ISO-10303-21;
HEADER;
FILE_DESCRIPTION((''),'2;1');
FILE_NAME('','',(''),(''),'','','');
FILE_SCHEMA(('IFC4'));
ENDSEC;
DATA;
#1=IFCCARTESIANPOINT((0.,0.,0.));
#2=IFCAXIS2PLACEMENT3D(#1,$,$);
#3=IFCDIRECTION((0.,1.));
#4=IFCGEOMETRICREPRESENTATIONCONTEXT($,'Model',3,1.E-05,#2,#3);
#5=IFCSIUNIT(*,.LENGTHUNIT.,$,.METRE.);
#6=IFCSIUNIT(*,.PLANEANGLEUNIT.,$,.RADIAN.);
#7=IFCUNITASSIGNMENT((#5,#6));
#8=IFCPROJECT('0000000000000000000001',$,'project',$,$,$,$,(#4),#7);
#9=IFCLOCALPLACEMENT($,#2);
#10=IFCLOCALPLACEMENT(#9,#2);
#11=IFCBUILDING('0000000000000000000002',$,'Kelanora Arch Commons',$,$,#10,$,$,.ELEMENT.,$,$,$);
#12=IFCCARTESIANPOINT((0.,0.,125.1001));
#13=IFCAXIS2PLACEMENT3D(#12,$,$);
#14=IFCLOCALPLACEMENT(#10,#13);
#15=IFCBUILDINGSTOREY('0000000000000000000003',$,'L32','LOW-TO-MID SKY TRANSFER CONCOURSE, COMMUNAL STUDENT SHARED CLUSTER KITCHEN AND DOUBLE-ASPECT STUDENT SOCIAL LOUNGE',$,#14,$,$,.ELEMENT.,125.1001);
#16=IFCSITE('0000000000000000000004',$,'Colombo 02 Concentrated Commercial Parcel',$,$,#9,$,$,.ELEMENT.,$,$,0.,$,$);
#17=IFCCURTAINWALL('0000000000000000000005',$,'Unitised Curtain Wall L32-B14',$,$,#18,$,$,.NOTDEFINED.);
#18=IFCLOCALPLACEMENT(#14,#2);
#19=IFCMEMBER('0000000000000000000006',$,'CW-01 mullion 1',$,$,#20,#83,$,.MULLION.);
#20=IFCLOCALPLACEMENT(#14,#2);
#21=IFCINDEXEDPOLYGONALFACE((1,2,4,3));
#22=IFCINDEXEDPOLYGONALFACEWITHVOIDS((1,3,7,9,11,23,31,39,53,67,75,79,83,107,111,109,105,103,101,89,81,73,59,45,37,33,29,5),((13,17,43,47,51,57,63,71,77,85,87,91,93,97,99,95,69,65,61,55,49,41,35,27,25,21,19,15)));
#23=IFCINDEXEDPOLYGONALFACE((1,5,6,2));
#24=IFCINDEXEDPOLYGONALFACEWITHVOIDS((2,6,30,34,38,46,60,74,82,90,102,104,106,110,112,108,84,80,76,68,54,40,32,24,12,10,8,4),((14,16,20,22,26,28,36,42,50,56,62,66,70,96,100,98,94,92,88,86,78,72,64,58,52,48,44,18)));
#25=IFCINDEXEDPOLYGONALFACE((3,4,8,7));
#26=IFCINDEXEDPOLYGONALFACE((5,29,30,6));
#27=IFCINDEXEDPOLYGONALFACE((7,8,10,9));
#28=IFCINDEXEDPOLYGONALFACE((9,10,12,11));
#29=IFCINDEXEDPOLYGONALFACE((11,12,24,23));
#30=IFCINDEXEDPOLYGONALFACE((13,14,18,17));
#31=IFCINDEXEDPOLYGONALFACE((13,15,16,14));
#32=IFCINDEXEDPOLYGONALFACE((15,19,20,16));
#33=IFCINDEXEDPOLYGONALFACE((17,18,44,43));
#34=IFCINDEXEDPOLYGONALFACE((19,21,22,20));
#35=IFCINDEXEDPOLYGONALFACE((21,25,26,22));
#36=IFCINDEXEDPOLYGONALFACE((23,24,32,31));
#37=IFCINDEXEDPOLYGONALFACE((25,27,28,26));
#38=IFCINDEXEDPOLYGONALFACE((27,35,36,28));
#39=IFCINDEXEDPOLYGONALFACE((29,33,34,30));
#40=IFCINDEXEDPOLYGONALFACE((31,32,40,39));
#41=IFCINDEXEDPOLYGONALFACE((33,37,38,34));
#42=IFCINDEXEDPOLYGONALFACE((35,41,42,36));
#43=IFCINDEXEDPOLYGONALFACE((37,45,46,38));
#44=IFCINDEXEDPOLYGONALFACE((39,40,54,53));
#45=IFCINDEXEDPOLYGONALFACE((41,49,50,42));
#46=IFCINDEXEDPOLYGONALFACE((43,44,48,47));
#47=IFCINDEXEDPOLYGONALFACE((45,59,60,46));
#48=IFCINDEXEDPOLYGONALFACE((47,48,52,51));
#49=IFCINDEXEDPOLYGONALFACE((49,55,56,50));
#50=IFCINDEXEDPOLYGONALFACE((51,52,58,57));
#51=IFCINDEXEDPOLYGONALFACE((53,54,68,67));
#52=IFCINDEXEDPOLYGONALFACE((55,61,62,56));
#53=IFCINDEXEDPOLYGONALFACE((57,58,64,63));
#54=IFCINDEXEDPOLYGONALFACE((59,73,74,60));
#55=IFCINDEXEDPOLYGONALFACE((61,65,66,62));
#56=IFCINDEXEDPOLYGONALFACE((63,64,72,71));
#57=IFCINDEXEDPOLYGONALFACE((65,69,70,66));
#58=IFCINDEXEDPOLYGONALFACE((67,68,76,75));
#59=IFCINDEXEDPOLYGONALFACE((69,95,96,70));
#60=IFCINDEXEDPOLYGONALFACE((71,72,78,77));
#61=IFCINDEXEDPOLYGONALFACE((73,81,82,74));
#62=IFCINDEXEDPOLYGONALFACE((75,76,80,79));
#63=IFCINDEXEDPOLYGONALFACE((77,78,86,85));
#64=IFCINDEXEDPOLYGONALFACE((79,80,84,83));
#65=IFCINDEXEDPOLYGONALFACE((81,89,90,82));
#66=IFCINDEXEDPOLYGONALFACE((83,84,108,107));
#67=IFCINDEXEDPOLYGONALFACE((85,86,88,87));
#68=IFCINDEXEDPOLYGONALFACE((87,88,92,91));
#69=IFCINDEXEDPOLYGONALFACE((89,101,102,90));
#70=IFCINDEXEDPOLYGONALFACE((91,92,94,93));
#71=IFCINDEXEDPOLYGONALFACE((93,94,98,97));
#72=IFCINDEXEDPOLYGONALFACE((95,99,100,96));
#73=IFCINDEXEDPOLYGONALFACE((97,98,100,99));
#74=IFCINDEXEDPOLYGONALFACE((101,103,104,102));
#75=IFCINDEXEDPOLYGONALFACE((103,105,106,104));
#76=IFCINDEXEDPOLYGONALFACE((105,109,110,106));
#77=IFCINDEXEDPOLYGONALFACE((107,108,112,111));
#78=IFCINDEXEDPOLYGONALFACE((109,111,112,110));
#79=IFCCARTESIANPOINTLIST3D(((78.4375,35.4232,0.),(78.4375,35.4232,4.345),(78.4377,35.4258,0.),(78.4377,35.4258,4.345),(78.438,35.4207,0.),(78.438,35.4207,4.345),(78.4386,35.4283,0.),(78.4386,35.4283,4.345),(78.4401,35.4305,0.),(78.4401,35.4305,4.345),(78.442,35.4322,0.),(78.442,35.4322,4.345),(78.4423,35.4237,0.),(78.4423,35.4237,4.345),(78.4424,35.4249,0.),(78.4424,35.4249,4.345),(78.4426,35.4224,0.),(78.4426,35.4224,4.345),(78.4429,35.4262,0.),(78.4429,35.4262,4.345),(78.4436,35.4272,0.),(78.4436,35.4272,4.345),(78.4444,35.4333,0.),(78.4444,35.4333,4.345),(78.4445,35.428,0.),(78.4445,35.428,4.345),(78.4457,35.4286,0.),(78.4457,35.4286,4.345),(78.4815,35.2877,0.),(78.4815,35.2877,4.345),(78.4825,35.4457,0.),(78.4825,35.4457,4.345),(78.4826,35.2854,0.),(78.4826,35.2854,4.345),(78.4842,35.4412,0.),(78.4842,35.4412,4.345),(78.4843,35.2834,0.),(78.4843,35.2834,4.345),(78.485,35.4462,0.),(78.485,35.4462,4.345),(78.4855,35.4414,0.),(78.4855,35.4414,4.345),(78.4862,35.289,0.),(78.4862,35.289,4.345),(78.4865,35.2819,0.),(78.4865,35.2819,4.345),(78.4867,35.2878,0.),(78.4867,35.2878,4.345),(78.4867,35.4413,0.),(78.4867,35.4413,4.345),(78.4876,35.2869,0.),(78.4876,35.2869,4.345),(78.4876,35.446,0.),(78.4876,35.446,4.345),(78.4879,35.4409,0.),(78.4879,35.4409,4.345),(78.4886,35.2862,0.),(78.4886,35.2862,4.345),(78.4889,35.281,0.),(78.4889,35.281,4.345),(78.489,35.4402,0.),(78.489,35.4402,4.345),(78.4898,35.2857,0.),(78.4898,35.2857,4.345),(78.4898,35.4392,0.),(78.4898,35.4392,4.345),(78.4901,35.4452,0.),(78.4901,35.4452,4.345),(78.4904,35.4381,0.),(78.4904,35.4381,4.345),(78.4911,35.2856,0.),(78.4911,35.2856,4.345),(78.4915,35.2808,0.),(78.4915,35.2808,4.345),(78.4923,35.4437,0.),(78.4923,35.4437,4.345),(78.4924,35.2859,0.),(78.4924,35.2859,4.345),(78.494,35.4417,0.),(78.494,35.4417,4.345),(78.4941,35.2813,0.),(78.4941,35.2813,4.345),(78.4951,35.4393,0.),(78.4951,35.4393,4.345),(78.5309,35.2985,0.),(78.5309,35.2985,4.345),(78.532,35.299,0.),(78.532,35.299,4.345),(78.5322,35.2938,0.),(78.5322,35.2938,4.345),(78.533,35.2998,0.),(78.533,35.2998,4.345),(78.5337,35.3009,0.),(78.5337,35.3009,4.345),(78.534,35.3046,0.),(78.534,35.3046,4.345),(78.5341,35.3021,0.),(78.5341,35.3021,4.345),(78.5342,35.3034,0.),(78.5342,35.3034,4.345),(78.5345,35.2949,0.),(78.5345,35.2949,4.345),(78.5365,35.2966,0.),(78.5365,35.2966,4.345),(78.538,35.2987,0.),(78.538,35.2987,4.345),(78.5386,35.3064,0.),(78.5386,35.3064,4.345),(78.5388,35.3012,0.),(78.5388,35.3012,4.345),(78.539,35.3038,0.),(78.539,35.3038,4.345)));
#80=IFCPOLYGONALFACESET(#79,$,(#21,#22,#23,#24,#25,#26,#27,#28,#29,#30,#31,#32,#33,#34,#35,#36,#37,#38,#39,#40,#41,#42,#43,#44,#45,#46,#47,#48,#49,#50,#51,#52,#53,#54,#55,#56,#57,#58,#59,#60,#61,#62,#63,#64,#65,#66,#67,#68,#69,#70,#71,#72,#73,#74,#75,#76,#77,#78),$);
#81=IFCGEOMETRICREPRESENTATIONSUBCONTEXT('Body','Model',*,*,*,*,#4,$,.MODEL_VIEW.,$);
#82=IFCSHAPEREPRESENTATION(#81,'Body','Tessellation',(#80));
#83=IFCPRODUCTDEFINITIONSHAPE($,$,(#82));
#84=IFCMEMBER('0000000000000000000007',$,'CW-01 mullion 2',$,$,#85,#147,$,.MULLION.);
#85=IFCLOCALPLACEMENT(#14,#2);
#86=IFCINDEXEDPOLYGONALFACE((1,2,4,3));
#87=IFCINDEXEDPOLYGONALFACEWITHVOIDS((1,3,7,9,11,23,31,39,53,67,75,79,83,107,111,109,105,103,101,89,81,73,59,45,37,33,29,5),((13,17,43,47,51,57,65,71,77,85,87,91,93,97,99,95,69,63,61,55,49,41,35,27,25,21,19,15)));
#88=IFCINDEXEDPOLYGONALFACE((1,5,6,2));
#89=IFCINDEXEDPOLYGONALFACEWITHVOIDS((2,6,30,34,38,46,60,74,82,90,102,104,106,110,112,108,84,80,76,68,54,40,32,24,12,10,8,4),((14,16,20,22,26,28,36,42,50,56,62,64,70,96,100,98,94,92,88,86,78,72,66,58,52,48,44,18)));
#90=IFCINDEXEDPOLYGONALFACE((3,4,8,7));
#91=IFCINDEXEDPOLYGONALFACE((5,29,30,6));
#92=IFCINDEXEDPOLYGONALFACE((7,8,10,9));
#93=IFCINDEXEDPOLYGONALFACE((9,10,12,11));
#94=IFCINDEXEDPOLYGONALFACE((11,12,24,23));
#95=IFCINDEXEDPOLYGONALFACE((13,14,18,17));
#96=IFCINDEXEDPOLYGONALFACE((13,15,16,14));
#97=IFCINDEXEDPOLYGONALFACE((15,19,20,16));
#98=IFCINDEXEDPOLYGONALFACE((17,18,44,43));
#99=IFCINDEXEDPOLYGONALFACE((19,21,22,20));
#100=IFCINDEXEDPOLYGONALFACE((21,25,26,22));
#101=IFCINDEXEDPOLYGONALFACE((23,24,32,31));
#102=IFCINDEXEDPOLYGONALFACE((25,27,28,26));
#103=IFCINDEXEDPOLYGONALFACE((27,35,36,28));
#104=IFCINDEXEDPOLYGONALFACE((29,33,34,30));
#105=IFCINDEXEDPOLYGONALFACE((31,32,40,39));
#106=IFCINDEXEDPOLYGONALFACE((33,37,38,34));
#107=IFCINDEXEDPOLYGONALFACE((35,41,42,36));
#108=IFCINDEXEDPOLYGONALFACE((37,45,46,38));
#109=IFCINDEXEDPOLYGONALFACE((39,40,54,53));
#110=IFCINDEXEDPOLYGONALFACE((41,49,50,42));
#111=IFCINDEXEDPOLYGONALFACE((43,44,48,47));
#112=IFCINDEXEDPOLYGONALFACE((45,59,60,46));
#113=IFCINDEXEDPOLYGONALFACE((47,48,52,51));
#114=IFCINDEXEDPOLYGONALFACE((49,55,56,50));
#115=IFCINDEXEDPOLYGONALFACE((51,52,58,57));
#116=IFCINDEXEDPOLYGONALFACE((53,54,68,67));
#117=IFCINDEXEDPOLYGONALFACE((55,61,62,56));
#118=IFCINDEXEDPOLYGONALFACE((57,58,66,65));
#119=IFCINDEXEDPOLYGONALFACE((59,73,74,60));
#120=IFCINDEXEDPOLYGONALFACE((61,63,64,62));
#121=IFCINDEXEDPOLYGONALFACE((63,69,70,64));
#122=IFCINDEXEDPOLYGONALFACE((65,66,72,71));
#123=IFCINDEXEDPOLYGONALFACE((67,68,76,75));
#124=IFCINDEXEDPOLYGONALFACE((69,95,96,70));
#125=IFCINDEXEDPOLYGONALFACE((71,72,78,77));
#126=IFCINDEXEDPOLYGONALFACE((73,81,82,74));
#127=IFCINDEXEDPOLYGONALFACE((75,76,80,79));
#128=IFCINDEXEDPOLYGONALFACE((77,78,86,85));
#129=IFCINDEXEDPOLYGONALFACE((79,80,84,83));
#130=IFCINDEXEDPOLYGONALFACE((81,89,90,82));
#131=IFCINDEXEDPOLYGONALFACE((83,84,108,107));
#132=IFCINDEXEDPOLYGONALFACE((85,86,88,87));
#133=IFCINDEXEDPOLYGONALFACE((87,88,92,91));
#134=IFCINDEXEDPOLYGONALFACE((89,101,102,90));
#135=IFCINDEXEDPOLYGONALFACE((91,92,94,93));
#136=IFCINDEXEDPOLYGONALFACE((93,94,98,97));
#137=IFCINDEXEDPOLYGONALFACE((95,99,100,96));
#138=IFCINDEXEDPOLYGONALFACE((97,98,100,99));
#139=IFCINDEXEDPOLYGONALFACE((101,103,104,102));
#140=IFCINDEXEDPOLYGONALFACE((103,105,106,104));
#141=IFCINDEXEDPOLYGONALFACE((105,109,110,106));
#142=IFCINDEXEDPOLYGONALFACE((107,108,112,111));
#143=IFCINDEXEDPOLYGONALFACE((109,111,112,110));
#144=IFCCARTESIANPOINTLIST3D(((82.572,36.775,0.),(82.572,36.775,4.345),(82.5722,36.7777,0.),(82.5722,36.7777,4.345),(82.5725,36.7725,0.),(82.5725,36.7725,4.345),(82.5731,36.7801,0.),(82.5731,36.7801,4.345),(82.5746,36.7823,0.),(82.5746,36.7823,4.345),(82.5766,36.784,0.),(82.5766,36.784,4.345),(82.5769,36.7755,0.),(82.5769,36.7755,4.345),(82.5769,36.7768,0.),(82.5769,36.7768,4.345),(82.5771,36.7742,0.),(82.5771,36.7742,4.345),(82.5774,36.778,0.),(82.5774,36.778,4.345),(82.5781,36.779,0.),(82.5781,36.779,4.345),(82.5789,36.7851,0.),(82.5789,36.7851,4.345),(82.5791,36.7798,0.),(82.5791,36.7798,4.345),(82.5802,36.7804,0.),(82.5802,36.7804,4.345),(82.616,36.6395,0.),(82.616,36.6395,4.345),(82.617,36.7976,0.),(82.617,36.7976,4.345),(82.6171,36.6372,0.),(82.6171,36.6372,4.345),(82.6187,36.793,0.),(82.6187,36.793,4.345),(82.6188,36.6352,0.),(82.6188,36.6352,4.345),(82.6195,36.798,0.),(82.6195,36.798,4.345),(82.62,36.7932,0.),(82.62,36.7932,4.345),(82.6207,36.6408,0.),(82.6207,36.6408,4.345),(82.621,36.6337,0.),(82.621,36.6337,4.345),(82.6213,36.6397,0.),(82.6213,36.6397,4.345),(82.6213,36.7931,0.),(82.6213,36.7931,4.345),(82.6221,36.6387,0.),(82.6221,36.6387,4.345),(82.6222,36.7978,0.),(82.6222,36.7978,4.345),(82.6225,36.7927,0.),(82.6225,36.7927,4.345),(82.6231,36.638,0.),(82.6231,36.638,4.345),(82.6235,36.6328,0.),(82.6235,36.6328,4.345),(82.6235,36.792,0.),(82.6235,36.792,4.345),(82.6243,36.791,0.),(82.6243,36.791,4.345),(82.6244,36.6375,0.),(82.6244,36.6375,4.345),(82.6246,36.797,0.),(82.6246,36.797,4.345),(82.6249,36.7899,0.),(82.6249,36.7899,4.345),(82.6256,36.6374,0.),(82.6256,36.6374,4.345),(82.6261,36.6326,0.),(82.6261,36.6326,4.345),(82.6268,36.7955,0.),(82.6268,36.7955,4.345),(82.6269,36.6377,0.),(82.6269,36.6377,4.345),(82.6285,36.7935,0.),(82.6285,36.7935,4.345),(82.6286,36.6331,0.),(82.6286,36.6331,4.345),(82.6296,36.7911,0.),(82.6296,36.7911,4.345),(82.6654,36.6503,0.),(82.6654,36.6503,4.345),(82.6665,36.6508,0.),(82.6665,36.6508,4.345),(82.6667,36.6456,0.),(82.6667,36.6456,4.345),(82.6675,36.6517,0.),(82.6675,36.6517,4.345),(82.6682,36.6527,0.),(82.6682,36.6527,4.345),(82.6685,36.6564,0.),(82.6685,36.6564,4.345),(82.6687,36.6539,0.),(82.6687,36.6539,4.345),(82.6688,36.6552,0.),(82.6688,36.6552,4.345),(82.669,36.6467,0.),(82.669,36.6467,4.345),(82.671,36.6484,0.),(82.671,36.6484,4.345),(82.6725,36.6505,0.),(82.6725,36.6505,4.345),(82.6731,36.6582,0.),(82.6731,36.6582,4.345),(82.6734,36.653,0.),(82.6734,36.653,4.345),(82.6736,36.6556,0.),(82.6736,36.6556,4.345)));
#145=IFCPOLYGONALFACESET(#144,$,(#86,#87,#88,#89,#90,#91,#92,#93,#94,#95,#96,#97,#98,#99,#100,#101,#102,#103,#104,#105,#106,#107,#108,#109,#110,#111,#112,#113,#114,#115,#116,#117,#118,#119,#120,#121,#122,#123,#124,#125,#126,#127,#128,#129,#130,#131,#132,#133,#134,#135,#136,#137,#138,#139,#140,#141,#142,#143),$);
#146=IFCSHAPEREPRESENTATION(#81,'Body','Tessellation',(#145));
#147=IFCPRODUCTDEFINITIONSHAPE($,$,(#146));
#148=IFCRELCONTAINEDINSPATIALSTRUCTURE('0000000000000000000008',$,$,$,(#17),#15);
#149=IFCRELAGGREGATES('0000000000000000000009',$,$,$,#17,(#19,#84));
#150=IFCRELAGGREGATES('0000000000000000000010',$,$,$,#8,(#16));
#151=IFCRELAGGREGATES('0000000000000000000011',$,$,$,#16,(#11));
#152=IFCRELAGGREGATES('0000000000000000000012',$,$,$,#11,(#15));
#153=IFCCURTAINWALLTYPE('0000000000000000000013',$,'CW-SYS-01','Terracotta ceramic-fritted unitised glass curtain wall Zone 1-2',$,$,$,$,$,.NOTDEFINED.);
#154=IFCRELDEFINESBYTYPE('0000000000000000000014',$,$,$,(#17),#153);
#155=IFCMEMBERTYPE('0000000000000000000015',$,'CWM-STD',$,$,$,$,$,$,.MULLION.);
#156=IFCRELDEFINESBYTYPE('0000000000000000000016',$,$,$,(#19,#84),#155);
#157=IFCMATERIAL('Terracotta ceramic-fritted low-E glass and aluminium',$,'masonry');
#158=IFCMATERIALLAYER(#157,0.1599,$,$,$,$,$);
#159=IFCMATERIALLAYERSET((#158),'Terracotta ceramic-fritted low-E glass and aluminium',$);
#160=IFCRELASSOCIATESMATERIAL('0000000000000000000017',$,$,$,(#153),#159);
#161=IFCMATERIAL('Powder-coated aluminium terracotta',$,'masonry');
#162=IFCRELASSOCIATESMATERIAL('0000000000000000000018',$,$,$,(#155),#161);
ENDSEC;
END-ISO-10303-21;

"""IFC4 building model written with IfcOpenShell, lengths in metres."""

from ifc_helpers import new_model, si_unit, direction, frame, origin, origin_2d, place, context, subcontext, project, spatial, hollow_rectangle, extrude, material, layer, layer_set, material_profile, profile_set, type_object, element, aggregate, save


model = new_model("IFC4")

# Units and contexts
model_context = context("Model", 3, precision=1e-05, world=origin(), true_north=direction((0.0, 1.0)))
body_context = subcontext(model_context, "Body", "Model", "MODEL_VIEW")
ifc_project = project(units=[si_unit("LENGTHUNIT", "METRE"), si_unit("PLANEANGLEUNIT", "RADIAN")], contexts=[model_context])

# Site, building, storey
site_placement = place(None, origin())
site = spatial("IfcSite", under=ifc_project, at=site_placement, Name="Colombo 02 Concentrated Commercial Parcel", CompositionType="ELEMENT", RefElevation=0.0)
building_placement = place(site_placement, origin())
building = spatial("IfcBuilding", under=site, at=building_placement, Name="Kelanora Arch Commons", CompositionType="ELEMENT")
storey_placement = place(building_placement, frame((0.0, 0.0, 125.1001)))
storey = spatial("IfcBuildingStorey", under=building, at=storey_placement, Name="L32", Description="LOW-TO-MID SKY TRANSFER CONCOURSE, COMMUNAL STUDENT SHARED CLUSTER KITCHEN AND DOUBLE-ASPECT STUDENT SOCIAL LOUNGE", CompositionType="ELEMENT", Elevation=125.1001)

# Curtain wall, members
ifc_material_1 = material(Name="Terracotta ceramic-fritted low-E glass and aluminium", Category="masonry")
ifc_layer_1 = layer(ifc_material_1, 0.1599)
ifc_layer_set_1 = layer_set([ifc_layer_1], Name="Terracotta ceramic-fritted low-E glass and aluminium")
curtain_wall_type = type_object("IfcCurtainWallType", Name="CW-SYS-01", Description="Terracotta ceramic-fritted unitised glass curtain wall Zone 1-2", PredefinedType="NOTDEFINED", material=ifc_layer_set_1)
curtain_wall_placement = place(storey_placement, origin())
curtain_wall = element("IfcCurtainWall", 1, at=curtain_wall_placement, inside=storey, type_object=curtain_wall_type, Name="Unitised Curtain Wall L32-B14", PredefinedType="NOTDEFINED")
ifc_material_2 = material(Name="Powder-coated aluminium terracotta", Category="masonry")
ifc_material_profile_1 = material_profile(ifc_material_2, hollow_rectangle(XDim=0.1599, YDim=0.0601, WallThickness=0.0049, InnerFilletRadius=0.0049, OuterFilletRadius=0.01, at=origin_2d()), Name="CWM160x60")
ifc_profile_set_1 = profile_set([ifc_material_profile_1], Name="Powder-coated aluminium terracotta")
member_type_1 = type_object("IfcMemberType", Name="CWM-STD", PredefinedType="MULLION", material=ifc_profile_set_1)
member_1_placement = place(storey_placement, frame((78.4883, 35.3635, 0.0), z_axis=(0.0, 0.0, 1.0), x_axis=(-0.310805, 0.950474, 0.0)))
member_1 = element("IfcMember", 2, at=member_1_placement, type_object=member_type_1, Name="CW-01 mullion 1", PredefinedType="MULLION", context=body_context, shape_type="SweptSolid", body=[
    extrude(hollow_rectangle(XDim=0.1599, YDim=0.0601, WallThickness=0.0049, InnerFilletRadius=0.0049, OuterFilletRadius=0.01, at=origin_2d()), origin(), (0.0, 0.0, 1.0), 4.345),
])
member_2_placement = place(storey_placement, frame((82.6228, 36.7153, 0.0), z_axis=(0.0, 0.0, 1.0), x_axis=(-0.310805, 0.950474, 0.0)))
member_2 = element("IfcMember", 3, at=member_2_placement, type_object=member_type_1, Name="CW-01 mullion 2", PredefinedType="MULLION", context=body_context, shape_type="SweptSolid", body=[
    extrude(hollow_rectangle(XDim=0.1599, YDim=0.0601, WallThickness=0.0049, InnerFilletRadius=0.0049, OuterFilletRadius=0.01, at=origin_2d()), origin(), (0.0, 0.0, 1.0), 4.345),
])
aggregate(curtain_wall, [member_1, member_2])

save(model, "model.ifc")
